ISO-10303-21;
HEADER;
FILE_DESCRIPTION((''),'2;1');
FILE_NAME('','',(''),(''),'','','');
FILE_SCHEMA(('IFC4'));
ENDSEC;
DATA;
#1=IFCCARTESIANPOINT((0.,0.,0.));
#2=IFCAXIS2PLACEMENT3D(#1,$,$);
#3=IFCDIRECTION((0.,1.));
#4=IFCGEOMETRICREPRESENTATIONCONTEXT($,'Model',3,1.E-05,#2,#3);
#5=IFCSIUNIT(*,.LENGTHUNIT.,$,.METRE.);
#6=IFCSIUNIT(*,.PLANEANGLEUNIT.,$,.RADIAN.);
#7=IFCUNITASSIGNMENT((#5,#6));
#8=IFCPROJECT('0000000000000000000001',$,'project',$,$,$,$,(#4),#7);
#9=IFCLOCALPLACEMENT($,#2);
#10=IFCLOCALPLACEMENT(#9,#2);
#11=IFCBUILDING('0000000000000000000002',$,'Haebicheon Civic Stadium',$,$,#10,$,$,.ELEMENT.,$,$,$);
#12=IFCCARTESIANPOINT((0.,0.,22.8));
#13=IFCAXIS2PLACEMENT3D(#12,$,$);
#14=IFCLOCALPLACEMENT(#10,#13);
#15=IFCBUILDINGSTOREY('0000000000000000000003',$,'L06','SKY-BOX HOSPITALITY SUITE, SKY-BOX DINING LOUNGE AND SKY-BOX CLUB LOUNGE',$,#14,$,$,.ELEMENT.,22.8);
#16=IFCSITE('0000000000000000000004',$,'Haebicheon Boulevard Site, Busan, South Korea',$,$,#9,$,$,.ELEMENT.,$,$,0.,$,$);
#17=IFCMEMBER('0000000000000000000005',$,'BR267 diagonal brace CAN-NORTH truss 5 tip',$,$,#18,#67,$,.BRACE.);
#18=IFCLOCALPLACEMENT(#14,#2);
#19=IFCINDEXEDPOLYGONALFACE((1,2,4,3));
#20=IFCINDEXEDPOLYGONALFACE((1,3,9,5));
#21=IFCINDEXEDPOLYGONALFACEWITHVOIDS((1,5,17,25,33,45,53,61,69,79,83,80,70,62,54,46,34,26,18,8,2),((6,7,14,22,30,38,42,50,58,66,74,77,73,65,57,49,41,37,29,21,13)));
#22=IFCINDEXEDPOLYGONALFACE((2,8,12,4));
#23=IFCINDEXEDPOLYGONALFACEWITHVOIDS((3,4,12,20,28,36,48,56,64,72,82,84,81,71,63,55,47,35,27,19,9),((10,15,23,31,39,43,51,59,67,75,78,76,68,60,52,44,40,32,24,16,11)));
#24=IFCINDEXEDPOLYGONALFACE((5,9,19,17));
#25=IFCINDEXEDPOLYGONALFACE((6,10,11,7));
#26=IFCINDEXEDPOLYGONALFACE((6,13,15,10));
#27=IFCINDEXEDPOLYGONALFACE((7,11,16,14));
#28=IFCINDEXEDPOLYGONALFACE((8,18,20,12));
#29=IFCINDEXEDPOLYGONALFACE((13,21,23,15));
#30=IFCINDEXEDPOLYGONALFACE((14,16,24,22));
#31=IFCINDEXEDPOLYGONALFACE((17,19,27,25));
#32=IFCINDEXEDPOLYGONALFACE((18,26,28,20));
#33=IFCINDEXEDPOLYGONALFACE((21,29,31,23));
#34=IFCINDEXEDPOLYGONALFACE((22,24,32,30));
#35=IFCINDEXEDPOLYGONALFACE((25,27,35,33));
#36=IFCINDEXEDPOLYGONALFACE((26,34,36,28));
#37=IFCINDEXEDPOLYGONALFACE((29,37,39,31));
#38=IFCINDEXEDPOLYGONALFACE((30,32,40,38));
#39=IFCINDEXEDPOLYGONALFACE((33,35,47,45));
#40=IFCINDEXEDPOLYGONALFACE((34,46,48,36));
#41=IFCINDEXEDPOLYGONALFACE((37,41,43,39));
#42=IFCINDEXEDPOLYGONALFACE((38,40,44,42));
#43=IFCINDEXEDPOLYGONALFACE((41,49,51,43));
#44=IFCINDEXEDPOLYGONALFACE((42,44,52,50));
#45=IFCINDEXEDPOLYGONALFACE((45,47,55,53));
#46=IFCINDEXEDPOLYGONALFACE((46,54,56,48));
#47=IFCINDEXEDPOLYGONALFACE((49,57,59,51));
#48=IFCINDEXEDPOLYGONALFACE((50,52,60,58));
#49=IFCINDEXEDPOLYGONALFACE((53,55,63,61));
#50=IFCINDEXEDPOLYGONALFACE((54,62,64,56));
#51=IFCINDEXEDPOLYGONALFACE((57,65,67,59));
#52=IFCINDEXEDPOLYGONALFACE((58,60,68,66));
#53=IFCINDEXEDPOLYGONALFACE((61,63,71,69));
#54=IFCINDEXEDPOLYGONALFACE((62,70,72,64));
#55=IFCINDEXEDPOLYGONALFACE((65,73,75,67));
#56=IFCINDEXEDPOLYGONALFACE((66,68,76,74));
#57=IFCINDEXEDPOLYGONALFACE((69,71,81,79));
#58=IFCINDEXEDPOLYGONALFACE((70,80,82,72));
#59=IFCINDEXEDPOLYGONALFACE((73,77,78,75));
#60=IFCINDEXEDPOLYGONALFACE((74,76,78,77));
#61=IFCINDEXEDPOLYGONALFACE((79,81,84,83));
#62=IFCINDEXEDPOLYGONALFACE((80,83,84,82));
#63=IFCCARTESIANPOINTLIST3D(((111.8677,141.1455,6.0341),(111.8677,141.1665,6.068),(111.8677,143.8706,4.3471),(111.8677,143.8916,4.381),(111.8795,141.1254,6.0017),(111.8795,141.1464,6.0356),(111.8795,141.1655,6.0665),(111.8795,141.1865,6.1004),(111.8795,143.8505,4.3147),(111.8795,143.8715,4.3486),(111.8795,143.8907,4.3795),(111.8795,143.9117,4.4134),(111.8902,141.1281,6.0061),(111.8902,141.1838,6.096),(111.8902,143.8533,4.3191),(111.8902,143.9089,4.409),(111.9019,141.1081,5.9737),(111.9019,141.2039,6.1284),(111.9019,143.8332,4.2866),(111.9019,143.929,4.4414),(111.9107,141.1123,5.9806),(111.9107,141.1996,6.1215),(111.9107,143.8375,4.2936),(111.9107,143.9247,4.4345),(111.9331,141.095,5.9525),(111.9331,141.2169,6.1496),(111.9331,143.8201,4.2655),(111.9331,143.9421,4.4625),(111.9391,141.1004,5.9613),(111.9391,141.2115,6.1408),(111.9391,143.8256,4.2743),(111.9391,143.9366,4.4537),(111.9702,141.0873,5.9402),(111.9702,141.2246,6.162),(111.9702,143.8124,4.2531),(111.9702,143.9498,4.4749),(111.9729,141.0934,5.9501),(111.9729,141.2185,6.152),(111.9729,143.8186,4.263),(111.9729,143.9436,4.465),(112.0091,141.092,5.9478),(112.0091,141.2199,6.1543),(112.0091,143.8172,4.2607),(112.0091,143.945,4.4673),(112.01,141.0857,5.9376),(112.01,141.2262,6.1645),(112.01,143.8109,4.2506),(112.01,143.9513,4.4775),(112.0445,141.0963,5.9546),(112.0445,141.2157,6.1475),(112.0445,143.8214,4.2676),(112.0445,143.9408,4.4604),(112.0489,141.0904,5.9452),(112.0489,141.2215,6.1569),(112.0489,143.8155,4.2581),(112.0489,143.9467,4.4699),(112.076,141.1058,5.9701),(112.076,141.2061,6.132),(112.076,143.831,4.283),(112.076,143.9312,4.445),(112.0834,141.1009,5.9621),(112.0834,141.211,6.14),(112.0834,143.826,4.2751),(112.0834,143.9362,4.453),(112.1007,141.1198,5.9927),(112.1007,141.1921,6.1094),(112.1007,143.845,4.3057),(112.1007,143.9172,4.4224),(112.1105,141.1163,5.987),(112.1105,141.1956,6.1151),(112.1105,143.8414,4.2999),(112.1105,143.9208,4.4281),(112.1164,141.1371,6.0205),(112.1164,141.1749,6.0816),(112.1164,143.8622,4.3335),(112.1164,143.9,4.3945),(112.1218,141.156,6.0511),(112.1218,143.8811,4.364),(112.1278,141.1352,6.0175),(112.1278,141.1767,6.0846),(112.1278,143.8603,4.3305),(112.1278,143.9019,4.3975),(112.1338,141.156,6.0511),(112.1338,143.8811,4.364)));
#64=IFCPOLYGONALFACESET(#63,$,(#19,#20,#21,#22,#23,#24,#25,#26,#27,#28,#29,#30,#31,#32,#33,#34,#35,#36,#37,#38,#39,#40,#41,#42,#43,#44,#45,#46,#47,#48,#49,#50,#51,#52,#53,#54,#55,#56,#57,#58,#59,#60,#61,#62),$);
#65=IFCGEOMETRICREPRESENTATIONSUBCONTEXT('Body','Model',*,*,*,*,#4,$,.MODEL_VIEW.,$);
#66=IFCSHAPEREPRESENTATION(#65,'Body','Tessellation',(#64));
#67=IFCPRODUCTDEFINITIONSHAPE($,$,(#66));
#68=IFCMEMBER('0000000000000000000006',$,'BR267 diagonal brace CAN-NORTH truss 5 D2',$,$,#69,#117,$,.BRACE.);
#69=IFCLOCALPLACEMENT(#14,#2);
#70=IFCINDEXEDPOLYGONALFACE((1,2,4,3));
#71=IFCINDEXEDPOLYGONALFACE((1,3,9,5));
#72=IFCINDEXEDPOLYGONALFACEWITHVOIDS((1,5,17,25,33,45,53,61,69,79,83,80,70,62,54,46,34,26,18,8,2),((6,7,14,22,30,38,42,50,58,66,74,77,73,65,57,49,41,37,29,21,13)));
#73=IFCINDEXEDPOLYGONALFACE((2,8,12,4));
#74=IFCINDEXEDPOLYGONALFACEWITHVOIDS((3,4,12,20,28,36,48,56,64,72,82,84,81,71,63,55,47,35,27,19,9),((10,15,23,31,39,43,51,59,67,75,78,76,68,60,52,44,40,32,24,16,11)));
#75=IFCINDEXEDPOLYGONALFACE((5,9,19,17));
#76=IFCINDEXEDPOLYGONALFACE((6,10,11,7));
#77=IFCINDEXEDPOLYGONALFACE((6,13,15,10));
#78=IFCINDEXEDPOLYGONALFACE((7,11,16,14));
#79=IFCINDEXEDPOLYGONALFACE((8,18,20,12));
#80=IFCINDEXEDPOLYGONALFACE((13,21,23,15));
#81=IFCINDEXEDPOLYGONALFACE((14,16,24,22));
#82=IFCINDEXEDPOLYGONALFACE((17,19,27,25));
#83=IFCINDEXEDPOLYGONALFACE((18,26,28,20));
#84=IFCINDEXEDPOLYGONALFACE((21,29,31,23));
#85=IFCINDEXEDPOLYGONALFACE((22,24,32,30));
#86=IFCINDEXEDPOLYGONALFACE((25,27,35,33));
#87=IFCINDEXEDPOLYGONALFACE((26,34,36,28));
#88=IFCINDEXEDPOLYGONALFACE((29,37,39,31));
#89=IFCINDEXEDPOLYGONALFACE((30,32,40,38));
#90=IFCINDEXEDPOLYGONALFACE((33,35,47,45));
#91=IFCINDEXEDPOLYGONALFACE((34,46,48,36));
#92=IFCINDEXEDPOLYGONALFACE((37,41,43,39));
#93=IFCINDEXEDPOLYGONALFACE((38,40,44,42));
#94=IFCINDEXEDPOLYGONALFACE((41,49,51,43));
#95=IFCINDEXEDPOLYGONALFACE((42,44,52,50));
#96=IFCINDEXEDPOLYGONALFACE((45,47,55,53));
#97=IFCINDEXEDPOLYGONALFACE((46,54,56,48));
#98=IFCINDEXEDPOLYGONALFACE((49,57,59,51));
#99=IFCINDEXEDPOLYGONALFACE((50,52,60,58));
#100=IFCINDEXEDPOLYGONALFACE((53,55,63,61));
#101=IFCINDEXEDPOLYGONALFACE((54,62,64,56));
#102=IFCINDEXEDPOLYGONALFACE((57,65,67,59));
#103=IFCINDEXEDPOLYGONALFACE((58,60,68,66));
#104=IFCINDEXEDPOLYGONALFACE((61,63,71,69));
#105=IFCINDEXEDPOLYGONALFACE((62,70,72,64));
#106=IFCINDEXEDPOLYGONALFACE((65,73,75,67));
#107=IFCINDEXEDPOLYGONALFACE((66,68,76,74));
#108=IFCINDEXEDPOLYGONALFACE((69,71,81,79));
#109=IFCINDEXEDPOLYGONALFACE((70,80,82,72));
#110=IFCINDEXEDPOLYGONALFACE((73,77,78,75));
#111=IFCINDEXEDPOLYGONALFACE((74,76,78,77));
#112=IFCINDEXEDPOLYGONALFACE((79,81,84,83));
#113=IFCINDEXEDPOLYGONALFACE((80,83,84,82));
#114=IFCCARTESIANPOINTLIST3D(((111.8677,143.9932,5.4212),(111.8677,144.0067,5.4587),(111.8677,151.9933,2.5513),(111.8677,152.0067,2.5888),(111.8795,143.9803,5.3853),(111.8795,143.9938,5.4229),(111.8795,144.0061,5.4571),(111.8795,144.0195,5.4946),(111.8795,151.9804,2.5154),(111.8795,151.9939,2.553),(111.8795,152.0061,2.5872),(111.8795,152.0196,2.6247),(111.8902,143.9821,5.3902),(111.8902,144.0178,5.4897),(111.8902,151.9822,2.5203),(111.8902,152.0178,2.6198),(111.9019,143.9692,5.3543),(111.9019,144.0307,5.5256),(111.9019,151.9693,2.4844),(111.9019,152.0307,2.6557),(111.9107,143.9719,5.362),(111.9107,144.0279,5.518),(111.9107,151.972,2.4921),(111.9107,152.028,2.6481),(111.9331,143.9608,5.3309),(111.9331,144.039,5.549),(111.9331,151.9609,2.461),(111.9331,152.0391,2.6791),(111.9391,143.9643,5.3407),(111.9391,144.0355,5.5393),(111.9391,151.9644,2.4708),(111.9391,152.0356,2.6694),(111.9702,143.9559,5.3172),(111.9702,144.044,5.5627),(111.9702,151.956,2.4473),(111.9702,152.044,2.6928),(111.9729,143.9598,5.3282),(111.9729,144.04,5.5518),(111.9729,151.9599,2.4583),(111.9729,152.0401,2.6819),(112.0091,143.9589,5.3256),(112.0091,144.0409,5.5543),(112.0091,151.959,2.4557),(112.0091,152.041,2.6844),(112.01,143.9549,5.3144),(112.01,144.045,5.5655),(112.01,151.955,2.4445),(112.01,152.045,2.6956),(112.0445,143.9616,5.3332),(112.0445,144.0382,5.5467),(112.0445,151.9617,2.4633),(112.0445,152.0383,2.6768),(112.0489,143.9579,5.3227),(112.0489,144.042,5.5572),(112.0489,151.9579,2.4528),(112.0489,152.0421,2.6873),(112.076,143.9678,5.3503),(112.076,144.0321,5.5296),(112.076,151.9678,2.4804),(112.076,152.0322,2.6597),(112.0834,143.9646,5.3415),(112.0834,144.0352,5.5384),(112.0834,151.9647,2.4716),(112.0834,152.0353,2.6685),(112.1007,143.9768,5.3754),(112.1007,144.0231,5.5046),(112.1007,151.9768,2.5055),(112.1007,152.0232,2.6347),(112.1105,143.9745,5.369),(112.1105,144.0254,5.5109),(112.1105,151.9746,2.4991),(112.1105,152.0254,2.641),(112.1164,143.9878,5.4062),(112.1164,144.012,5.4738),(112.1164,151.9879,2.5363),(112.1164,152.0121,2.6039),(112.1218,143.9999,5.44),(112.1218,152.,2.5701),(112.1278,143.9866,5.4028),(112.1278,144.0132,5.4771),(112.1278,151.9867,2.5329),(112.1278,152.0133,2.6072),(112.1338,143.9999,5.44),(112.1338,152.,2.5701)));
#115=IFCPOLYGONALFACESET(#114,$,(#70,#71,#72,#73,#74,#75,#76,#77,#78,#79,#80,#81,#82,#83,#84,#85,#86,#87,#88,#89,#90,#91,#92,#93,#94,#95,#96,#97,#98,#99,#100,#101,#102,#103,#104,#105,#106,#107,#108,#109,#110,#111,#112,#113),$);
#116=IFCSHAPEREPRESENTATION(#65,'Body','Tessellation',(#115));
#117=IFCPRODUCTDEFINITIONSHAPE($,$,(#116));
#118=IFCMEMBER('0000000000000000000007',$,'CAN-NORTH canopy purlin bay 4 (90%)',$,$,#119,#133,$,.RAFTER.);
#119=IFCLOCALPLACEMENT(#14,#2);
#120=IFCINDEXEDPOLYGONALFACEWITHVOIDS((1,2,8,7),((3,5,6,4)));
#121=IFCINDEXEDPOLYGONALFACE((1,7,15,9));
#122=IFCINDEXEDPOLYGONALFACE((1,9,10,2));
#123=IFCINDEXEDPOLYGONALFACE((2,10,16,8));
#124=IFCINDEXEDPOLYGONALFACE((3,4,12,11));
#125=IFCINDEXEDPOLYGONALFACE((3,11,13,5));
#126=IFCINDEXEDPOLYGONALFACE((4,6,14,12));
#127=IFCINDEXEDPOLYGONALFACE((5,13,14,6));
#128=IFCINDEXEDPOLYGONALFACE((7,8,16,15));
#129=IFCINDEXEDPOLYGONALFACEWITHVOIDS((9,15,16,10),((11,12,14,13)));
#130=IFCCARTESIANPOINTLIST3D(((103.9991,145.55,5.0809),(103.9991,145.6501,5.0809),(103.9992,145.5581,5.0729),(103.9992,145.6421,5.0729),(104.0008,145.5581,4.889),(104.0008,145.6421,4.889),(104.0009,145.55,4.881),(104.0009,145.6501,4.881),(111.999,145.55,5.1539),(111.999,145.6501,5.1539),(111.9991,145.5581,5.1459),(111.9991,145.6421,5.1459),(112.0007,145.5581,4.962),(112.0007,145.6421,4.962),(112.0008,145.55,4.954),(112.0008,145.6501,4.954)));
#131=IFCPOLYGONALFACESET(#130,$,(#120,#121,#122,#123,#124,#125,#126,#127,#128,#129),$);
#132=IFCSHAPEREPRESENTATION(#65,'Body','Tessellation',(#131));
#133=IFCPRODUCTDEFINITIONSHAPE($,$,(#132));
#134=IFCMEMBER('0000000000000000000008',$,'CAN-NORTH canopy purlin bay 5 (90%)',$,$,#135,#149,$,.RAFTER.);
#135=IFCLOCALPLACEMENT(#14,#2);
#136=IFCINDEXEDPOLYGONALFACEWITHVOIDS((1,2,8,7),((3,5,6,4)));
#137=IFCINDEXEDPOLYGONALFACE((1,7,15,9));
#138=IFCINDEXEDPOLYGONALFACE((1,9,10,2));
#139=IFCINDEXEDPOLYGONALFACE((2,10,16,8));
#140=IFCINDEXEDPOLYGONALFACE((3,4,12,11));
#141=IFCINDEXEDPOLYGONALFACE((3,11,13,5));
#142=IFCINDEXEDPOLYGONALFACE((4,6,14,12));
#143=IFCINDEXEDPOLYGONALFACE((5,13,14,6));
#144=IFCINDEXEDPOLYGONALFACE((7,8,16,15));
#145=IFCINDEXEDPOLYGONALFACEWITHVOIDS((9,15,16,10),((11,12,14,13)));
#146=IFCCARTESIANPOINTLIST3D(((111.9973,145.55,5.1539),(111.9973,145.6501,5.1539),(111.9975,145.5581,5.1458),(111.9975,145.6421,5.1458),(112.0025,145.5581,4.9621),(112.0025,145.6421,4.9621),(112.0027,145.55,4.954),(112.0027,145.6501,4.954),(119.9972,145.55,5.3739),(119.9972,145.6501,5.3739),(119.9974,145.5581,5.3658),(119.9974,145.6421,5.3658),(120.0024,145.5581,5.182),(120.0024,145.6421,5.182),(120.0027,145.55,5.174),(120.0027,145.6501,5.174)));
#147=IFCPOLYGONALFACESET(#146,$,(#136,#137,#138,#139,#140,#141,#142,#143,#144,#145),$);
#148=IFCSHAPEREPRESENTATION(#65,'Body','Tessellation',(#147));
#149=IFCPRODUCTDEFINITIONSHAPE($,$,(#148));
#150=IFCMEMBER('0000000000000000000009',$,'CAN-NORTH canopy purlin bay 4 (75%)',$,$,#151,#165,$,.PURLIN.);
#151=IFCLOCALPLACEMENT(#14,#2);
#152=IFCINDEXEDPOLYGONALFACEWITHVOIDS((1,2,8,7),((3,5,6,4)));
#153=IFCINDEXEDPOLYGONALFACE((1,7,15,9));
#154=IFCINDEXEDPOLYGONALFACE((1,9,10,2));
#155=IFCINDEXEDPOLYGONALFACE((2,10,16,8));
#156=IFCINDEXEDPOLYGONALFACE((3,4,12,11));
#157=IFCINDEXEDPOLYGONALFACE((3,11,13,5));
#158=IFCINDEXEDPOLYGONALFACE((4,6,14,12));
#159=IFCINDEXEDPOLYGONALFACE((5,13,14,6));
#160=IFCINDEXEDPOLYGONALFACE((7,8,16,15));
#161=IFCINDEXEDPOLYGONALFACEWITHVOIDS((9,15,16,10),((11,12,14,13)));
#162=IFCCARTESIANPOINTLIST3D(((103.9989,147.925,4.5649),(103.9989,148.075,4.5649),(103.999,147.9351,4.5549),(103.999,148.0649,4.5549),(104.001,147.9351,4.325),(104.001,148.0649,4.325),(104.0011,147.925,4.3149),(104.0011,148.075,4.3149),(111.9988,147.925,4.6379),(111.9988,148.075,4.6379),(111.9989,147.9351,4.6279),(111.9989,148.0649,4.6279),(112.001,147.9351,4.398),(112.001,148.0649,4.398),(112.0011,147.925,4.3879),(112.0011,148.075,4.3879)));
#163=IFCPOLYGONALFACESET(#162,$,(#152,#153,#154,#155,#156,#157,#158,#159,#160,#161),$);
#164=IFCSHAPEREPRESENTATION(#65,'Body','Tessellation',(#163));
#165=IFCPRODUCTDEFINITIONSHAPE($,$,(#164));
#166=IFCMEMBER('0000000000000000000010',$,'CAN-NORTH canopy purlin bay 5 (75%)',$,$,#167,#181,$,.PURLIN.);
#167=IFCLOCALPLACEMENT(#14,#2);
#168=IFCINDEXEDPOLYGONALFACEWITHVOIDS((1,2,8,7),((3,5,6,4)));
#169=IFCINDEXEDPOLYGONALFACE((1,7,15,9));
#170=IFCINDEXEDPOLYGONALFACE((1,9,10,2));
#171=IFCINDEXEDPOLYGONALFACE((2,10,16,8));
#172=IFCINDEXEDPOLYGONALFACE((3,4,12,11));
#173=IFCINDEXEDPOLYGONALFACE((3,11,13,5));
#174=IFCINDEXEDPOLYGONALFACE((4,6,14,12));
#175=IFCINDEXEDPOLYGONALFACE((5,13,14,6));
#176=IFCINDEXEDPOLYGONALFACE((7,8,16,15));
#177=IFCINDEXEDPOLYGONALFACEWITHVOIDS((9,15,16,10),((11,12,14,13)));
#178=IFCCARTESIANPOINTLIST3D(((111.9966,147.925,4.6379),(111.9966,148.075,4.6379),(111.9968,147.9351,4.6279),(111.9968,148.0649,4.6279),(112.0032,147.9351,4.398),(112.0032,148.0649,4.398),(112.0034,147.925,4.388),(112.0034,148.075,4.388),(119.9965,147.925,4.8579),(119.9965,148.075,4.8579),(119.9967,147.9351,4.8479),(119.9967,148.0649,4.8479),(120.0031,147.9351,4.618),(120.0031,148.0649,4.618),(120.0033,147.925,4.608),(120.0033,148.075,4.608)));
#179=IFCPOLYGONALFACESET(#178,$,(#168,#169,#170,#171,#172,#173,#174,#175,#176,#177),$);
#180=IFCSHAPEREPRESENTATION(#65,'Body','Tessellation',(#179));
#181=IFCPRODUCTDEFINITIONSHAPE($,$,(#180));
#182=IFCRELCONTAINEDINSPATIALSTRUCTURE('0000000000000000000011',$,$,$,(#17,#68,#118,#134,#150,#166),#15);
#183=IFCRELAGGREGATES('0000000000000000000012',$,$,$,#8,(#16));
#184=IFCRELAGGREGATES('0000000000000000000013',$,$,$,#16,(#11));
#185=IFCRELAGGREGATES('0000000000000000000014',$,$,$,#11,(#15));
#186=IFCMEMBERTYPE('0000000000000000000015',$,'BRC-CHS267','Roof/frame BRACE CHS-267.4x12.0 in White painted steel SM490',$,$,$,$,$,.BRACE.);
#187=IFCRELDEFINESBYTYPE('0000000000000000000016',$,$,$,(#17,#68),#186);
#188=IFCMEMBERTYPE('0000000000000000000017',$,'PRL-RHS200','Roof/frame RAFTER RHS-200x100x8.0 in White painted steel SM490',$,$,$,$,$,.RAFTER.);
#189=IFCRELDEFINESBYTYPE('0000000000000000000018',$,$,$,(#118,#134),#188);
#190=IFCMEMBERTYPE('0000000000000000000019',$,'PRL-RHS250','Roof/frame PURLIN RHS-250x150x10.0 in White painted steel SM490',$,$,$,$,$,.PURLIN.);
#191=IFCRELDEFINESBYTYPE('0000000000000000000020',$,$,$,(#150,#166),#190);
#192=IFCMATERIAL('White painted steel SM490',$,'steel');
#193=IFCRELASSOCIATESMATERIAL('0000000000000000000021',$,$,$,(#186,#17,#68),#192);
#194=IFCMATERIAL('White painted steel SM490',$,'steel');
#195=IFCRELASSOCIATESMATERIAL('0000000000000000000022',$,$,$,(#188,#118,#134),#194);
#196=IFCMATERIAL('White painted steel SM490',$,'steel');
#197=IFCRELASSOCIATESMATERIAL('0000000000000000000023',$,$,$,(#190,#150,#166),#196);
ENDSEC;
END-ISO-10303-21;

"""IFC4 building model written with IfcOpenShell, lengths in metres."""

from ifc_helpers import new_model, si_unit, direction, frame, origin, origin_2d, place, context, subcontext, project, spatial, hollow_rectangle, hollow_circle, extrude, material, material_profile, profile_set, type_object, element, save


model = new_model("IFC4")

# Units and contexts
model_context = context("Model", 3, precision=1e-05, world=origin(), true_north=direction((0.0, 1.0)))
body_context = subcontext(model_context, "Body", "Model", "MODEL_VIEW")
ifc_project = project(units=[si_unit("LENGTHUNIT", "METRE"), si_unit("PLANEANGLEUNIT", "RADIAN")], contexts=[model_context])

# Site, building, storey
site_placement = place(None, origin())
site = spatial("IfcSite", under=ifc_project, at=site_placement, Name="Haebicheon Boulevard Site, Busan, South Korea", CompositionType="ELEMENT", RefElevation=0.0)
building_placement = place(site_placement, origin())
building = spatial("IfcBuilding", under=site, at=building_placement, Name="Haebicheon Civic Stadium", CompositionType="ELEMENT")
storey_placement = place(building_placement, frame((0.0, 0.0, 22.8)))
storey = spatial("IfcBuildingStorey", under=building, at=storey_placement, Name="L06", Description="SKY-BOX HOSPITALITY SUITE, SKY-BOX DINING LOUNGE AND SKY-BOX CLUB LOUNGE", CompositionType="ELEMENT", Elevation=22.8)

# Members
ifc_material_1 = material(Name="White painted steel SM490", Category="steel")
ifc_material_profile_1 = material_profile(ifc_material_1, hollow_circle(Radius=0.1338, WallThickness=0.012, at=origin_2d()), Name="CHS-267.4x12.0")
ifc_profile_set_1 = profile_set([ifc_material_profile_1], Name="White painted steel SM490")
member_type_1 = type_object("IfcMemberType", Name="BRC-CHS267", Description="Roof/frame BRACE CHS-267.4x12.0 in White painted steel SM490", PredefinedType="BRACE", material=ifc_profile_set_1)
member_1_placement = place(storey_placement, frame((112.0, 143.8811, 4.364), z_axis=(0.0, -0.850259, 0.526365), x_axis=(1.0, 0.0, 0.0)))
element("IfcMember", 1, at=member_1_placement, inside=storey, type_object=member_type_1, material=ifc_profile_set_1, Name="BR267 diagonal brace CAN-NORTH truss 5 tip", PredefinedType="BRACE", context=body_context, shape_type="SweptSolid", body=[
    extrude(hollow_circle(Radius=0.1338, WallThickness=0.012, at=origin_2d()), origin(), (0.0, 0.0, 1.0), 3.2051),
])
member_2_placement = place(storey_placement, frame((112.0, 152.0, 2.5701), z_axis=(0.0, -0.941267, 0.337664), x_axis=(1.0, 0.0, 0.0)))
element("IfcMember", 2, at=member_2_placement, inside=storey, type_object=member_type_1, material=ifc_profile_set_1, Name="BR267 diagonal brace CAN-NORTH truss 5 D2", PredefinedType="BRACE", context=body_context, shape_type="SweptSolid", body=[
    extrude(hollow_circle(Radius=0.1338, WallThickness=0.012, at=origin_2d()), origin(), (0.0, 0.0, 1.0), 8.4993),
])
ifc_material_2 = material(Name="White painted steel SM490", Category="steel")
ifc_material_profile_2 = material_profile(ifc_material_2, hollow_rectangle(XDim=0.1001, YDim=0.2, WallThickness=0.0081, at=origin_2d()), Name="RHS-200x100x8.0")
ifc_profile_set_2 = profile_set([ifc_material_profile_2], Name="White painted steel SM490")
member_type_2 = type_object("IfcMemberType", Name="PRL-RHS200", Description="Roof/frame RAFTER RHS-200x100x8.0 in White painted steel SM490", PredefinedType="RAFTER", material=ifc_profile_set_2)
member_3_placement = place(storey_placement, frame((104.0, 145.6001, 4.981), z_axis=(0.999958, 0.0, 0.009124), x_axis=(0.0, 1.0, 0.0)))
element("IfcMember", 3, at=member_3_placement, inside=storey, type_object=member_type_2, material=ifc_profile_set_2, Name="CAN-NORTH canopy purlin bay 4 (90%)", PredefinedType="RAFTER", context=body_context, shape_type="SweptSolid", body=[
    extrude(hollow_rectangle(XDim=0.1001, YDim=0.2, WallThickness=0.0081, at=origin_2d()), origin(), (0.0, 0.0, 1.0), 8.0002),
])
member_4_placement = place(storey_placement, frame((112.0, 145.6001, 5.054), z_axis=(0.999622, 0.0, 0.027486), x_axis=(0.0, 1.0, 0.0)))
element("IfcMember", 4, at=member_4_placement, inside=storey, type_object=member_type_2, material=ifc_profile_set_2, Name="CAN-NORTH canopy purlin bay 5 (90%)", PredefinedType="RAFTER", context=body_context, shape_type="SweptSolid", body=[
    extrude(hollow_rectangle(XDim=0.1001, YDim=0.2, WallThickness=0.0081, at=origin_2d()), origin(), (0.0, 0.0, 1.0), 8.0029),
])
ifc_material_3 = material(Name="White painted steel SM490", Category="steel")
ifc_material_profile_3 = material_profile(ifc_material_3, hollow_rectangle(XDim=0.1499, YDim=0.25, WallThickness=0.01, at=origin_2d()), Name="RHS-250x150x10.0")
ifc_profile_set_3 = profile_set([ifc_material_profile_3], Name="White painted steel SM490")
member_type_3 = type_object("IfcMemberType", Name="PRL-RHS250", Description="Roof/frame PURLIN RHS-250x150x10.0 in White painted steel SM490", PredefinedType="PURLIN", material=ifc_profile_set_3)
member_5_placement = place(storey_placement, frame((104.0, 148.0, 4.4399), z_axis=(0.999958, 0.0, 0.009124), x_axis=(0.0, 1.0, 0.0)))
element("IfcMember", 5, at=member_5_placement, inside=storey, type_object=member_type_3, material=ifc_profile_set_3, Name="CAN-NORTH canopy purlin bay 4 (75%)", PredefinedType="PURLIN", context=body_context, shape_type="SweptSolid", body=[
    extrude(hollow_rectangle(XDim=0.1499, YDim=0.25, WallThickness=0.01, at=origin_2d()), origin(), (0.0, 0.0, 1.0), 8.0002),
])
member_6_placement = place(storey_placement, frame((112.0, 148.0, 4.5129), z_axis=(0.999622, 0.0, 0.027486), x_axis=(0.0, 1.0, 0.0)))
element("IfcMember", 6, at=member_6_placement, inside=storey, type_object=member_type_3, material=ifc_profile_set_3, Name="CAN-NORTH canopy purlin bay 5 (75%)", PredefinedType="PURLIN", context=body_context, shape_type="SweptSolid", body=[
    extrude(hollow_rectangle(XDim=0.1499, YDim=0.25, WallThickness=0.01, at=origin_2d()), origin(), (0.0, 0.0, 1.0), 8.0029),
])

save(model, "model.ifc")
